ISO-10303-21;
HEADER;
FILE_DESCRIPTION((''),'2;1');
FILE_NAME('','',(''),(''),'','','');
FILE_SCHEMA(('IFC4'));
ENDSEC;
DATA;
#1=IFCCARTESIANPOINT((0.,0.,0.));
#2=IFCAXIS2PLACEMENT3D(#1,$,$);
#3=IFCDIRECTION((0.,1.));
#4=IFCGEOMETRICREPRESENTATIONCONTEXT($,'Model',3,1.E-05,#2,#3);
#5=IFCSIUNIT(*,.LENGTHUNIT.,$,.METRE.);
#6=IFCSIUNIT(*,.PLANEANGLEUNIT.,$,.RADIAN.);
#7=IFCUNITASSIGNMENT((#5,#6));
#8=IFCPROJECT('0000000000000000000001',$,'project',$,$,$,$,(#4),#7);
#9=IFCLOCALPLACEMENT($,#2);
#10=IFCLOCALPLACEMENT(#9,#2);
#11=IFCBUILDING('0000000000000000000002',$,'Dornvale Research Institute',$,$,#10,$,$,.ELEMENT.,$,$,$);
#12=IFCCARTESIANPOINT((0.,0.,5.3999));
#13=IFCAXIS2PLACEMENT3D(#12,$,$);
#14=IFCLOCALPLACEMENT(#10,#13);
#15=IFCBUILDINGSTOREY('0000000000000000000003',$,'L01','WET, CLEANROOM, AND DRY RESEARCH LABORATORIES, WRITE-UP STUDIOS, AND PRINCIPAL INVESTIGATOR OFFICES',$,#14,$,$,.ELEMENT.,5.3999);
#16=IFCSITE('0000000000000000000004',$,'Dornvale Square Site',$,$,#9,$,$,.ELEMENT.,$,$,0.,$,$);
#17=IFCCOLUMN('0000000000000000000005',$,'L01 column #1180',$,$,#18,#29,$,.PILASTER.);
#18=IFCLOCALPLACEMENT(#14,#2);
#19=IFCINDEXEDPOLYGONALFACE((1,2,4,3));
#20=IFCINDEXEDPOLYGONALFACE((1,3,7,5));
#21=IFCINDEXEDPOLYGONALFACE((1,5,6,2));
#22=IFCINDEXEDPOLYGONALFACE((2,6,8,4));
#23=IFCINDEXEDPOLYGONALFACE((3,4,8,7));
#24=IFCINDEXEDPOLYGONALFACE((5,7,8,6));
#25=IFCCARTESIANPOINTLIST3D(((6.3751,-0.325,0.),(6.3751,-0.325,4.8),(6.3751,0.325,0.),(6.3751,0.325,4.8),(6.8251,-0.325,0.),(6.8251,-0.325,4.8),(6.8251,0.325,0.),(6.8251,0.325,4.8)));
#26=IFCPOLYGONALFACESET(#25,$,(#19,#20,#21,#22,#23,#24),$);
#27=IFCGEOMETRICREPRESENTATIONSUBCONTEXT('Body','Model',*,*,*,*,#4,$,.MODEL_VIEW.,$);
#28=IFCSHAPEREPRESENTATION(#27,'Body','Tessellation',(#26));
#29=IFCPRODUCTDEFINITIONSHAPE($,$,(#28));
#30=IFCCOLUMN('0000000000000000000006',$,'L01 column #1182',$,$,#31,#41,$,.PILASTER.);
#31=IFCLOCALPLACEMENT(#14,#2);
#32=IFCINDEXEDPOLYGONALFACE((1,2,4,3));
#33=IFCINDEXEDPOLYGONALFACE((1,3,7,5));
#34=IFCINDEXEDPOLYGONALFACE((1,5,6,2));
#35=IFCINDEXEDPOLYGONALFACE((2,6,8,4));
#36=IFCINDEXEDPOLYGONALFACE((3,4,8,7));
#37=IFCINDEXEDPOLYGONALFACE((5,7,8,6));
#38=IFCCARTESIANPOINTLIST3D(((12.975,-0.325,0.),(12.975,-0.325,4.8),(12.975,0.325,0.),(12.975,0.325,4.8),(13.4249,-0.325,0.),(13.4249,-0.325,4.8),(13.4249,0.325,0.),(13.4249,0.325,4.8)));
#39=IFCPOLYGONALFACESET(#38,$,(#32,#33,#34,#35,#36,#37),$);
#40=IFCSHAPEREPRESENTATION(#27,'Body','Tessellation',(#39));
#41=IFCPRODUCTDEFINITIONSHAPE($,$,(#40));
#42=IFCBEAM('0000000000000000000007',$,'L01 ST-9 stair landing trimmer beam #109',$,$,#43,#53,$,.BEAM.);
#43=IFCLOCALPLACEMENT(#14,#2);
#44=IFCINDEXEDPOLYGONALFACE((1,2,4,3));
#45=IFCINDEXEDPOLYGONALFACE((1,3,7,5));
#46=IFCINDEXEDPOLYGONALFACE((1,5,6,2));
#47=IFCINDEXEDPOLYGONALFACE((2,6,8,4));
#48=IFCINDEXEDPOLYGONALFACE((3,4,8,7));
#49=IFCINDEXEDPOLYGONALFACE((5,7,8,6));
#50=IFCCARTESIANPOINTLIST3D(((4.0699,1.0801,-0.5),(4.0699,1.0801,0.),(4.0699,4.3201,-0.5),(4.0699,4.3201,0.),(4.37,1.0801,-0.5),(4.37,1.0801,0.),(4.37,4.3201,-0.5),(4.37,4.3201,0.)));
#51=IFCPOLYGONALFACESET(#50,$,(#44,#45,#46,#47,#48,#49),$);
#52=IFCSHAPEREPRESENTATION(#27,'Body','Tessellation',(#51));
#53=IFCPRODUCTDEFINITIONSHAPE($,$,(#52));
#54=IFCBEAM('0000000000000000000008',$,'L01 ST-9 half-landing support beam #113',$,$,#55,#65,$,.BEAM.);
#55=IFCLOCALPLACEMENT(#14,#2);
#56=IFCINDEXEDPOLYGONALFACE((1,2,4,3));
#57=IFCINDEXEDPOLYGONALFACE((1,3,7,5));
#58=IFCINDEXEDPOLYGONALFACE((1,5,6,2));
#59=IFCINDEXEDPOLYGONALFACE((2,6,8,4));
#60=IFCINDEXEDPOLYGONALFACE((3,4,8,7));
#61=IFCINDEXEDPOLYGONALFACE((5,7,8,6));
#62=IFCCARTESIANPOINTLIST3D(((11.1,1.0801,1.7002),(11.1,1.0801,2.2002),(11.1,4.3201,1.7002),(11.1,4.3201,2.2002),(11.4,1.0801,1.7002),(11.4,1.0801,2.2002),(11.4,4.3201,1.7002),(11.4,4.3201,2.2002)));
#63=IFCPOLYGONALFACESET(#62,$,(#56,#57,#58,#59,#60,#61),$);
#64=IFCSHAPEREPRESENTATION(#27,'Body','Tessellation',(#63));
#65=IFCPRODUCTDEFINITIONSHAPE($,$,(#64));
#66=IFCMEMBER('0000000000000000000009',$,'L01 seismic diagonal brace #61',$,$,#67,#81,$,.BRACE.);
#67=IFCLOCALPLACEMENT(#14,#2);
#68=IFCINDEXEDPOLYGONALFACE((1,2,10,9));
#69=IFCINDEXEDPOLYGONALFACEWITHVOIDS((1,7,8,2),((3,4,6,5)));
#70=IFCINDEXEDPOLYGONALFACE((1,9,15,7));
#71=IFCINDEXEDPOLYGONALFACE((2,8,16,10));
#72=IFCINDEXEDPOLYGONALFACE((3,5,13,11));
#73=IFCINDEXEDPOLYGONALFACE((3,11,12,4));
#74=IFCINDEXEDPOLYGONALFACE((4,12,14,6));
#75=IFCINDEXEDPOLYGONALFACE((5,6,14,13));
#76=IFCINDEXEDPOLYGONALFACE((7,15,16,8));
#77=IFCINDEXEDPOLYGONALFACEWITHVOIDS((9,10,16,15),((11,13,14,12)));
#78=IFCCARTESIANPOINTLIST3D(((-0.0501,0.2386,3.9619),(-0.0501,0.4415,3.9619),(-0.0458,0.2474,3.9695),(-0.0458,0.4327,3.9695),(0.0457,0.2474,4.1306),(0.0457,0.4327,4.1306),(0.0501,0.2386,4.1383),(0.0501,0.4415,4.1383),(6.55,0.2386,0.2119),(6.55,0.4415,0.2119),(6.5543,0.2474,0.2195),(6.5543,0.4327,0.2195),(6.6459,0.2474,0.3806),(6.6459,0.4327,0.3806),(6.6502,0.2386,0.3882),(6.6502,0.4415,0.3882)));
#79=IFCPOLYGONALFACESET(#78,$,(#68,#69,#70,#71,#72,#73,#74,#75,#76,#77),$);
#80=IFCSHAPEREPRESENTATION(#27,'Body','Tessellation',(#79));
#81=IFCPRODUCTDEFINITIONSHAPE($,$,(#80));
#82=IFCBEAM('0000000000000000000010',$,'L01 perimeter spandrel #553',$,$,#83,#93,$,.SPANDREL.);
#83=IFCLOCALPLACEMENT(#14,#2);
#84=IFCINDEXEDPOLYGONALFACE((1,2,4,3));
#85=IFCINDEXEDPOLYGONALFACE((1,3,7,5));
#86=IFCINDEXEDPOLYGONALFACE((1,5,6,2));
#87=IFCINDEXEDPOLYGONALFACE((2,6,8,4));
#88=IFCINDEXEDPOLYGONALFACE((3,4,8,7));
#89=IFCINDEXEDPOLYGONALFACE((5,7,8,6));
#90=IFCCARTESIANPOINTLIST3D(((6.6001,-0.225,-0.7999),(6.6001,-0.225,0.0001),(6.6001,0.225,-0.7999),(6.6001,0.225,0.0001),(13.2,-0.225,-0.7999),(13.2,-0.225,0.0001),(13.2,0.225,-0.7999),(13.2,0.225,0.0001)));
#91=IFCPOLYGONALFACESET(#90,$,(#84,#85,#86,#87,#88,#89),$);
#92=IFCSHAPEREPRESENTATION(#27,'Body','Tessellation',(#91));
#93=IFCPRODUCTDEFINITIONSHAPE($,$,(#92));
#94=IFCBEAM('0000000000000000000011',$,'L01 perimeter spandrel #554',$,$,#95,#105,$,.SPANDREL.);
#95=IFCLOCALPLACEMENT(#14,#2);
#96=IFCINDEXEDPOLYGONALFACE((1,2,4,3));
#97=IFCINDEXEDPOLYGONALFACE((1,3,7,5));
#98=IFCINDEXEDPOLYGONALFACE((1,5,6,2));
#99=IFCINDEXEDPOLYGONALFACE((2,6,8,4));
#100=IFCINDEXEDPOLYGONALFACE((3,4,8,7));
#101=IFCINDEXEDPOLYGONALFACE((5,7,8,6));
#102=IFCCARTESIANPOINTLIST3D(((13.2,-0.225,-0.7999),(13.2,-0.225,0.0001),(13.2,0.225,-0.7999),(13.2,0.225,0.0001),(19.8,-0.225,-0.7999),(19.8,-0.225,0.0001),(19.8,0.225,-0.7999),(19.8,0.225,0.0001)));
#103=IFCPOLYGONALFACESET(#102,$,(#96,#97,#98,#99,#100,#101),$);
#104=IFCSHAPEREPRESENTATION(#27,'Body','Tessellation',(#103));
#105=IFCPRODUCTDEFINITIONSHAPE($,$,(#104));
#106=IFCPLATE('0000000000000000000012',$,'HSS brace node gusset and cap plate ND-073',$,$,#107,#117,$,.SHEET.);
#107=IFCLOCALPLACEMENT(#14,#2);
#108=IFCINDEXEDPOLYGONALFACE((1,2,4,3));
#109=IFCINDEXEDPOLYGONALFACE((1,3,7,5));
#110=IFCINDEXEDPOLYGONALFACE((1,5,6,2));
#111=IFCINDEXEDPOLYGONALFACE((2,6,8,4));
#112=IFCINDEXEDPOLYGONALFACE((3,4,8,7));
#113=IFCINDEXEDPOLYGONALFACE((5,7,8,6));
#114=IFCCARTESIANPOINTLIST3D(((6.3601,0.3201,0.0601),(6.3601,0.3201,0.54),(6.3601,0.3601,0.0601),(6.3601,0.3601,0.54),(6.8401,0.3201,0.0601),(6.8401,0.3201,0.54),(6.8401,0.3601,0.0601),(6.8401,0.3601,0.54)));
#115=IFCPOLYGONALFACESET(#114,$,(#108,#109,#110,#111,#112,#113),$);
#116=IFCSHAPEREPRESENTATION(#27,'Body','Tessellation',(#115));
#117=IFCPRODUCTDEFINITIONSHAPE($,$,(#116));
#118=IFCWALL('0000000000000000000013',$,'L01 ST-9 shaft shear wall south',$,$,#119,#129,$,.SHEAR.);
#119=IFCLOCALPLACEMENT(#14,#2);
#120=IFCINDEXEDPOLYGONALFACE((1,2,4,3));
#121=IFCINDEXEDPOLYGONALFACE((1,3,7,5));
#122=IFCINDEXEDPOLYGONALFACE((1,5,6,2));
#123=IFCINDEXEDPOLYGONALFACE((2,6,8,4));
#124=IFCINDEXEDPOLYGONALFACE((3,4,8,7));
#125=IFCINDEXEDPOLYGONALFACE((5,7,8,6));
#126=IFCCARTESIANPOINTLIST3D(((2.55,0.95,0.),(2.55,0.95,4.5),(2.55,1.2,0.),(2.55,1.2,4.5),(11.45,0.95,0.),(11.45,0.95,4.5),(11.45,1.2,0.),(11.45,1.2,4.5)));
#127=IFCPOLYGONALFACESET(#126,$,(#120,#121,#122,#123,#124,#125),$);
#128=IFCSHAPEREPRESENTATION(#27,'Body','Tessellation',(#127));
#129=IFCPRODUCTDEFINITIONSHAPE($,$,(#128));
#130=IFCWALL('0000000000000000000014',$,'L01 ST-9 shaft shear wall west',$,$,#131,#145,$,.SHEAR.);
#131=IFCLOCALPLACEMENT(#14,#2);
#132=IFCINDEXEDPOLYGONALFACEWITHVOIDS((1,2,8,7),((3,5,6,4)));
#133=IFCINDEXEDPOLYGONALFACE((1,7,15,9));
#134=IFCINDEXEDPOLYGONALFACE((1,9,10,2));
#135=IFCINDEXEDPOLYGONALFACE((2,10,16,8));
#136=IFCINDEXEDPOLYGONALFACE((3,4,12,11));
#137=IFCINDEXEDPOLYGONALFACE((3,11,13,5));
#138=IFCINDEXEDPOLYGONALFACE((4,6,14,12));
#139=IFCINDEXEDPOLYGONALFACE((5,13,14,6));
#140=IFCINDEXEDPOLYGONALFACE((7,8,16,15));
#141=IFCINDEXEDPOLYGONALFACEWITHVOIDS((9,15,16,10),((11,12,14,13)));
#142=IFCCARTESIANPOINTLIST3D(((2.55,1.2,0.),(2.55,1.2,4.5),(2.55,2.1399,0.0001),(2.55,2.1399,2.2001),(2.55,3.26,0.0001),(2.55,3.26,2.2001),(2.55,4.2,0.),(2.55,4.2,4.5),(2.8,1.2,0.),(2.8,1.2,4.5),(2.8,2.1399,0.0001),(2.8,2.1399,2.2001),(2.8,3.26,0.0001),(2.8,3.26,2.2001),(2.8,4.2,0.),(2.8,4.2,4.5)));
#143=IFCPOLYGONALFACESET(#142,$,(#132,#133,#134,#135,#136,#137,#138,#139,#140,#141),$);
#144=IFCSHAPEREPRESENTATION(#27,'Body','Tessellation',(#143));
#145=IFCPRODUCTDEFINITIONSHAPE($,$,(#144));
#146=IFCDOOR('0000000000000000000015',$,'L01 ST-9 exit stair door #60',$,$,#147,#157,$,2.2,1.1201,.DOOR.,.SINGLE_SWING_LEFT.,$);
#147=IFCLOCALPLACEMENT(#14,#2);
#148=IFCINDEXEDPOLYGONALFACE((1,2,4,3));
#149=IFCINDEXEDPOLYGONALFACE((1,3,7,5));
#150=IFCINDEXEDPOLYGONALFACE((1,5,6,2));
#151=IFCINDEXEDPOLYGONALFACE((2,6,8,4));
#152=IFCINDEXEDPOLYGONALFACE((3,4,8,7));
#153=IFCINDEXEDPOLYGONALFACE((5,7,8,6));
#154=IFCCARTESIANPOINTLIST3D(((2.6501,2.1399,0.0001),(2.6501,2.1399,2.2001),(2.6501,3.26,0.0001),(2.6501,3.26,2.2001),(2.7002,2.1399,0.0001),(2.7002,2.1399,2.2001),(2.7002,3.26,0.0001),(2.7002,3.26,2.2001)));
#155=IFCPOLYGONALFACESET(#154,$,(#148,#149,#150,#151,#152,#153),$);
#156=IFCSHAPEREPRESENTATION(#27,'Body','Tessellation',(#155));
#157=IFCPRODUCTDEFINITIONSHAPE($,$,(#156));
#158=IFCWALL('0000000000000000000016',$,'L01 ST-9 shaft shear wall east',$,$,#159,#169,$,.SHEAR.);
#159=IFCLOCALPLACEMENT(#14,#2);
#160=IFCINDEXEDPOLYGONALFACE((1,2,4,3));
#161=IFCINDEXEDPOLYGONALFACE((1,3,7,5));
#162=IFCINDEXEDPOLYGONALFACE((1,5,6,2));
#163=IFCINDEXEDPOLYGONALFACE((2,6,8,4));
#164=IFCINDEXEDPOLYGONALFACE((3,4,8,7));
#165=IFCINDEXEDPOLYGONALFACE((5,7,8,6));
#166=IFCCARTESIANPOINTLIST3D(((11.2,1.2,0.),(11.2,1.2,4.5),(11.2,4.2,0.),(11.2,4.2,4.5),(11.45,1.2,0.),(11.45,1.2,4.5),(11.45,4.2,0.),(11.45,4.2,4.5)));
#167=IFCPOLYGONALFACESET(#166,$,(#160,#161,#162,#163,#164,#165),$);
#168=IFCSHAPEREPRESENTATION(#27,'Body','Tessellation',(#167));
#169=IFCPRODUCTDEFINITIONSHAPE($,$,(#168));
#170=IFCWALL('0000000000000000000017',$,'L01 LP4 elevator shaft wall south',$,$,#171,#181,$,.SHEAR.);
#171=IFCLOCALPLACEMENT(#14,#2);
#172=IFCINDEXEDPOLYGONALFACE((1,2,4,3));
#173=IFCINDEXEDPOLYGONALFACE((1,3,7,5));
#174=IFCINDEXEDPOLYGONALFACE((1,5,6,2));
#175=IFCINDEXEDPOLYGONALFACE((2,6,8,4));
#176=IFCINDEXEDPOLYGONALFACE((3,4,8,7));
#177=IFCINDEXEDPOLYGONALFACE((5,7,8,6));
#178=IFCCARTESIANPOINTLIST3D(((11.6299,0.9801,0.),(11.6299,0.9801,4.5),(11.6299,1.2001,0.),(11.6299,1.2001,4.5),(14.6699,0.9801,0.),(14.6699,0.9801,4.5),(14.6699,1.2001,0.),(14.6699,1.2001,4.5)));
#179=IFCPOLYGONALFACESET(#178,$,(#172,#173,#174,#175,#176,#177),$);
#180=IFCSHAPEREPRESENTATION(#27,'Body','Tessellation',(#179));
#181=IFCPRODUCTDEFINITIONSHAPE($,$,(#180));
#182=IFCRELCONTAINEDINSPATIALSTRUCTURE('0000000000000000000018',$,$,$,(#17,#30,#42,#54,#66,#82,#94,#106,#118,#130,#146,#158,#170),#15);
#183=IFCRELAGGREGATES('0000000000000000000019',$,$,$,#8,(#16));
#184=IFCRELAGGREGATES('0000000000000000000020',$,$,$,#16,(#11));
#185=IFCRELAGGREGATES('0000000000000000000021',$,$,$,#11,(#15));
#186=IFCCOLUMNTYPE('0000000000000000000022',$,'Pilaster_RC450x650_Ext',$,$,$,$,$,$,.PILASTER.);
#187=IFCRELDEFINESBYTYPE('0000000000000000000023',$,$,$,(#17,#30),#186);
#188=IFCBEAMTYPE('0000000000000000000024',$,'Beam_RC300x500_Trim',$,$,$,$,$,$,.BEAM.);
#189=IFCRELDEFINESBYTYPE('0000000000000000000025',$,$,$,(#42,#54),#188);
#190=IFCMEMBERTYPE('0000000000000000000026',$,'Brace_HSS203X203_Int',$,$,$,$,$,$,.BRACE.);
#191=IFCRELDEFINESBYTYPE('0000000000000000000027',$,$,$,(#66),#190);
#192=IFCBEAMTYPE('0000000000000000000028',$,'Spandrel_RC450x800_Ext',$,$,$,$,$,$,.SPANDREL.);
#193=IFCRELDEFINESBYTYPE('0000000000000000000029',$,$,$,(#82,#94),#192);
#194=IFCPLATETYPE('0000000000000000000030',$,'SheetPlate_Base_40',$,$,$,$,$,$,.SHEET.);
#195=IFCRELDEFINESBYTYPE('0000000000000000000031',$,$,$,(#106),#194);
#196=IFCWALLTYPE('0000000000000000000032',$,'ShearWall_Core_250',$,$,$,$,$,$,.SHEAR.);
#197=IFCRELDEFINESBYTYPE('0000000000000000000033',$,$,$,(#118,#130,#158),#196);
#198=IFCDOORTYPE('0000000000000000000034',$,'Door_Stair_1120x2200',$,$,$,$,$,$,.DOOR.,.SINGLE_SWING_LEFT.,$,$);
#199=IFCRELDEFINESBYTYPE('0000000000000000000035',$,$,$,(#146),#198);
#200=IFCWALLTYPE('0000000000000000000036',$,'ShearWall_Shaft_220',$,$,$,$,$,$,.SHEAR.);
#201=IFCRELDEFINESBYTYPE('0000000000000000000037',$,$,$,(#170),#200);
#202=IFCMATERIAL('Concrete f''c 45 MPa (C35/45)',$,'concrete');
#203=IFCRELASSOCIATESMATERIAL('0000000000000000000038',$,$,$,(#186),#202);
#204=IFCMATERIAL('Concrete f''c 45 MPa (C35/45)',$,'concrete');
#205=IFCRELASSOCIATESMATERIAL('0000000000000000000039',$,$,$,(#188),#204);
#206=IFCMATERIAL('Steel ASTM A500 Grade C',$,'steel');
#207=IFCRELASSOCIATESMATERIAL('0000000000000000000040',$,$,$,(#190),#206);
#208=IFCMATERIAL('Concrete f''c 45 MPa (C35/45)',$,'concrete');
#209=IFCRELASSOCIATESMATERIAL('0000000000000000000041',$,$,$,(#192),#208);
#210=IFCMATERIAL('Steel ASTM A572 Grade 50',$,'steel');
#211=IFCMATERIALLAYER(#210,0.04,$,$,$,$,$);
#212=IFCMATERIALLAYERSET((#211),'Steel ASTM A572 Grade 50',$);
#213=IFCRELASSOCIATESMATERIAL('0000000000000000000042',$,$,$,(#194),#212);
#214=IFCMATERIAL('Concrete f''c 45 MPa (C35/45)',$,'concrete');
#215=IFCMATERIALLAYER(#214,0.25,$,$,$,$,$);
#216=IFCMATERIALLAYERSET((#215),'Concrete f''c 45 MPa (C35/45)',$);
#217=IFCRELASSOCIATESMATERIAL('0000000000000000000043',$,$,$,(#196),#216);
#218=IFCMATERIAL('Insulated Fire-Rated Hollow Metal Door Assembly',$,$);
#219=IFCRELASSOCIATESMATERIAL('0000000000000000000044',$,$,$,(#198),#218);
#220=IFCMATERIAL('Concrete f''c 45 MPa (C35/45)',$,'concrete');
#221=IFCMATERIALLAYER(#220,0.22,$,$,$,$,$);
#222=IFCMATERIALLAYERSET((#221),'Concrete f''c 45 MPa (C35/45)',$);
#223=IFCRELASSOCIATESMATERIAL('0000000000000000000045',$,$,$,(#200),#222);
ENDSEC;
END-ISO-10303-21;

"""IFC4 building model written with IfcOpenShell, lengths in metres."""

from ifc_helpers import new_model, si_unit, direction, frame, frame_2d, origin, origin_2d, place, context, subcontext, project, spatial, rectangle, hollow_rectangle, extrude, material, layer, layer_set, material_profile, profile_set, type_object, element, fill, save


model = new_model("IFC4")

# Units and contexts
model_context = context("Model", 3, precision=1e-05, world=origin(), true_north=direction((0.0, 1.0)))
body_context = subcontext(model_context, "Body", "Model", "MODEL_VIEW")
ifc_project = project(units=[si_unit("LENGTHUNIT", "METRE"), si_unit("PLANEANGLEUNIT", "RADIAN")], contexts=[model_context])

# Site, building, storey
site_placement = place(None, origin())
site = spatial("IfcSite", under=ifc_project, at=site_placement, Name="Dornvale Square Site", CompositionType="ELEMENT", RefElevation=0.0)
building_placement = place(site_placement, origin())
building = spatial("IfcBuilding", under=site, at=building_placement, Name="Dornvale Research Institute", CompositionType="ELEMENT")
storey_placement = place(building_placement, frame((0.0, 0.0, 5.3999)))
storey = spatial("IfcBuildingStorey", under=building, at=storey_placement, Name="L01", Description="WET, CLEANROOM, AND DRY RESEARCH LABORATORIES, WRITE-UP STUDIOS, AND PRINCIPAL INVESTIGATOR OFFICES", CompositionType="ELEMENT", Elevation=5.3999)

# Columns
ifc_material_1 = material(Name="Concrete f'c 45 MPa (C35/45)", Category="concrete")
ifc_material_profile_1 = material_profile(ifc_material_1, rectangle(XDim=0.45, YDim=0.6499, at=origin_2d()), Name="RC 450x650")
ifc_profile_set_1 = profile_set([ifc_material_profile_1], Name="Concrete f'c 45 MPa (C35/45)")
column_type = type_object("IfcColumnType", Name="Pilaster_RC450x650_Ext", PredefinedType="PILASTER", material=ifc_profile_set_1)
for number, where, z_axis, x_axis, name in (
    (1, (6.6001, 0.0, 0.0), (0.0, 0.0, 1.0), (1.0, 0.0, 0.0), "L01 column #1180"),
    (2, (13.2, 0.0, 0.0), (0.0, 0.0, 1.0), (1.0, 0.0, 0.0), "L01 column #1182"),
):
    element("IfcColumn", number, at=place(storey_placement, frame(where, z_axis=z_axis, x_axis=x_axis)), inside=storey, type_object=column_type, Name=name, PredefinedType="PILASTER", context=body_context, shape_type="SweptSolid", body=[
        extrude(rectangle(XDim=0.45, YDim=0.6499, at=origin_2d()), origin(), (0.0, 0.0, 1.0), 4.8),
    ])

# Beams
ifc_material_2 = material(Name="Concrete f'c 45 MPa (C35/45)", Category="concrete")
ifc_material_profile_2 = material_profile(ifc_material_2, rectangle(XDim=0.3, YDim=0.5, at=origin_2d()), Name="RC 300x500")
ifc_profile_set_2 = profile_set([ifc_material_profile_2], Name="Concrete f'c 45 MPa (C35/45)")
beam_type_1 = type_object("IfcBeamType", Name="Beam_RC300x500_Trim", PredefinedType="BEAM", material=ifc_profile_set_2)
for number, where, z_axis, x_axis, name in (
    (3, (4.22, 1.0801, -0.25), (0.0, 1.0, 0.0), (-1.0, 0.0, 0.0), "L01 ST-9 stair landing trimmer beam #109"),
    (4, (11.25, 1.0801, 1.9502), (0.0, 1.0, 0.0), (-1.0, 0.0, 0.0), "L01 ST-9 half-landing support beam #113"),
):
    element("IfcBeam", number, at=place(storey_placement, frame(where, z_axis=z_axis, x_axis=x_axis)), inside=storey, type_object=beam_type_1, Name=name, PredefinedType="BEAM", context=body_context, shape_type="SweptSolid", body=[
        extrude(rectangle(XDim=0.3, YDim=0.5, at=origin_2d()), origin(), (0.0, 0.0, 1.0), 3.24),
    ])

# Member
ifc_material_3 = material(Name="Steel ASTM A500 Grade C", Category="steel")
ifc_material_profile_3 = material_profile(ifc_material_3, hollow_rectangle(XDim=0.2029, YDim=0.2029, WallThickness=0.0088, at=origin_2d()), Name="HSS203X203X9.5")
ifc_profile_set_3 = profile_set([ifc_material_profile_3], Name="Steel ASTM A500 Grade C")
member_type = type_object("IfcMemberType", Name="Brace_HSS203X203_Int", PredefinedType="BRACE", material=ifc_profile_set_3)
member_placement = place(storey_placement, frame((6.6001, 0.3401, 0.3), z_axis=(-0.86946, 0.0, 0.494004), x_axis=(0.0, -1.0, 0.0)))
element("IfcMember", 5, at=member_placement, inside=storey, type_object=member_type, Name="L01 seismic diagonal brace #61", PredefinedType="BRACE", context=body_context, shape_type="SweptSolid", body=[
    extrude(hollow_rectangle(XDim=0.2029, YDim=0.2029, WallThickness=0.0088, at=origin_2d()), origin(), (0.0, 0.0, 1.0), 7.5911),
])

# Beams
ifc_material_4 = material(Name="Concrete f'c 45 MPa (C35/45)", Category="concrete")
ifc_material_profile_4 = material_profile(ifc_material_4, rectangle(XDim=0.45, YDim=0.8, at=origin_2d()), Name="RC 450x800")
ifc_profile_set_4 = profile_set([ifc_material_profile_4], Name="Concrete f'c 45 MPa (C35/45)")
beam_type_2 = type_object("IfcBeamType", Name="Spandrel_RC450x800_Ext", PredefinedType="SPANDREL", material=ifc_profile_set_4)
beam_1_placement = place(storey_placement, frame((6.6001, 0.0, -0.3999), z_axis=(1.0, 0.0, 0.0), x_axis=(0.0, 1.0, 0.0)))
element("IfcBeam", 6, at=beam_1_placement, inside=storey, type_object=beam_type_2, Name="L01 perimeter spandrel #553", PredefinedType="SPANDREL", context=body_context, shape_type="SweptSolid", body=[
    extrude(rectangle(XDim=0.45, YDim=0.8, at=origin_2d()), origin(), (0.0, 0.0, 1.0), 6.5999),
])
beam_2_placement = place(storey_placement, frame((13.2, 0.0, -0.3999), z_axis=(1.0, 0.0, 0.0), x_axis=(0.0, 1.0, 0.0)))
element("IfcBeam", 7, at=beam_2_placement, inside=storey, type_object=beam_type_2, Name="L01 perimeter spandrel #554", PredefinedType="SPANDREL", context=body_context, shape_type="SweptSolid", body=[
    extrude(rectangle(XDim=0.45, YDim=0.8, at=origin_2d()), origin(), (0.0, 0.0, 1.0), 6.6001),
])

# Plate
ifc_material_5 = material(Name="Steel ASTM A572 Grade 50", Category="steel")
ifc_layer_1 = layer(ifc_material_5, 0.04)
ifc_layer_set_1 = layer_set([ifc_layer_1], Name="Steel ASTM A572 Grade 50")
plate_type = type_object("IfcPlateType", Name="SheetPlate_Base_40", PredefinedType="SHEET", material=ifc_layer_set_1)
plate_placement = place(storey_placement, frame((6.6001, 0.3401, 0.0601), z_axis=(0.0, 0.0, 1.0), x_axis=(1.0, 0.0, 0.0)))
element("IfcPlate", 8, at=plate_placement, inside=storey, type_object=plate_type, Name="HSS brace node gusset and cap plate ND-073", PredefinedType="SHEET", context=body_context, shape_type="SweptSolid", body=[
    extrude(rectangle(XDim=0.48, YDim=0.04, at=origin_2d()), origin(), (0.0, 0.0, 1.0), 0.48),
])

# Wall
ifc_material_6 = material(Name="Concrete f'c 45 MPa (C35/45)", Category="concrete")
ifc_layer_2 = layer(ifc_material_6, 0.25)
ifc_layer_set_2 = layer_set([ifc_layer_2], Name="Concrete f'c 45 MPa (C35/45)")
wall_type_1 = type_object("IfcWallType", Name="ShearWall_Core_250", PredefinedType="SHEAR", material=ifc_layer_set_2)
wall_1_placement = place(storey_placement, frame((2.55, 1.075, 0.0), z_axis=(0.0, 0.0, 1.0), x_axis=(1.0, 0.0, 0.0)))
element("IfcWall", 9, at=wall_1_placement, inside=storey, type_object=wall_type_1, Name="L01 ST-9 shaft shear wall south", PredefinedType="SHEAR", context=body_context, shape_type="SweptSolid", body=[
    extrude(rectangle(XDim=8.8999, YDim=0.25, at=frame_2d((4.45, 0.0))), origin(), (0.0, 0.0, 1.0), 4.5),
])

# Wall, opening, door
wall_2_placement = place(storey_placement, frame((2.675, 1.2, 0.0), z_axis=(0.0, 0.0, 1.0), x_axis=(0.0, 1.0, 0.0)))
wall_2 = element("IfcWall", 10, at=wall_2_placement, inside=storey, type_object=wall_type_1, Name="L01 ST-9 shaft shear wall west", PredefinedType="SHEAR", context=body_context, shape_type="SweptSolid", body=[
    extrude(rectangle(XDim=3.0, YDim=0.25, at=frame_2d((1.5, 0.0))), origin(), (0.0, 0.0, 1.0), 4.5),
])
opening_1_placement = place(wall_2_placement, frame((0.9399, 0.0, 0.0)))
opening_1 = element("IfcOpeningElement", 11, at=opening_1_placement, cuts=wall_2, PredefinedType="OPENING", context=body_context, shape_type="SweptSolid", body=[
    extrude(rectangle(XDim=1.1201, YDim=2.2, at=frame_2d((0.5601, 1.1001))), frame((0.0, 0.1399, 0.0), z_axis=(0.0, -1.0, 0.0), x_axis=(1.0, 0.0, 0.0)), (0.0, 0.0, 1.0), 0.28),
])
ifc_material_7 = material(Name="Insulated Fire-Rated Hollow Metal Door Assembly")
door_type = type_object("IfcDoorType", Name="Door_Stair_1120x2200", OperationType="SINGLE_SWING_LEFT", PredefinedType="DOOR", material=ifc_material_7)
door_placement = place(opening_1_placement, origin())
door = element("IfcDoor", 12, at=door_placement, inside=storey, type_object=door_type, Name="L01 ST-9 exit stair door #60", OperationType="SINGLE_SWING_LEFT", OverallHeight=2.2, OverallWidth=1.1201, PredefinedType="DOOR", context=body_context, shape_type="SweptSolid", body=[
    extrude(rectangle(XDim=1.1201, YDim=2.2, at=frame_2d((0.5601, 1.1001))), frame((0.0, 0.0249, 0.0), z_axis=(0.0, -1.0, 0.0), x_axis=(1.0, 0.0, 0.0)), (0.0, 0.0, 1.0), 0.05),
])
fill(opening_1, door)

# Walls
wall_3_placement = place(storey_placement, frame((11.325, 1.2, 0.0), z_axis=(0.0, 0.0, 1.0), x_axis=(0.0, 1.0, 0.0)))
element("IfcWall", 13, at=wall_3_placement, inside=storey, type_object=wall_type_1, Name="L01 ST-9 shaft shear wall east", PredefinedType="SHEAR", context=body_context, shape_type="SweptSolid", body=[
    extrude(rectangle(XDim=3.0, YDim=0.25, at=frame_2d((1.5, 0.0))), origin(), (0.0, 0.0, 1.0), 4.5),
])
ifc_material_8 = material(Name="Concrete f'c 45 MPa (C35/45)", Category="concrete")
ifc_layer_3 = layer(ifc_material_8, 0.22)
ifc_layer_set_3 = layer_set([ifc_layer_3], Name="Concrete f'c 45 MPa (C35/45)")
wall_type_2 = type_object("IfcWallType", Name="ShearWall_Shaft_220", PredefinedType="SHEAR", material=ifc_layer_set_3)
wall_4_placement = place(storey_placement, frame((11.6299, 1.0901, 0.0), z_axis=(0.0, 0.0, 1.0), x_axis=(1.0, 0.0, 0.0)))
element("IfcWall", 14, at=wall_4_placement, inside=storey, type_object=wall_type_2, Name="L01 LP4 elevator shaft wall south", PredefinedType="SHEAR", context=body_context, shape_type="SweptSolid", body=[
    extrude(rectangle(XDim=3.04, YDim=0.22, at=frame_2d((1.52, 0.0))), origin(), (0.0, 0.0, 1.0), 4.5),
])

save(model, "model.ifc")
